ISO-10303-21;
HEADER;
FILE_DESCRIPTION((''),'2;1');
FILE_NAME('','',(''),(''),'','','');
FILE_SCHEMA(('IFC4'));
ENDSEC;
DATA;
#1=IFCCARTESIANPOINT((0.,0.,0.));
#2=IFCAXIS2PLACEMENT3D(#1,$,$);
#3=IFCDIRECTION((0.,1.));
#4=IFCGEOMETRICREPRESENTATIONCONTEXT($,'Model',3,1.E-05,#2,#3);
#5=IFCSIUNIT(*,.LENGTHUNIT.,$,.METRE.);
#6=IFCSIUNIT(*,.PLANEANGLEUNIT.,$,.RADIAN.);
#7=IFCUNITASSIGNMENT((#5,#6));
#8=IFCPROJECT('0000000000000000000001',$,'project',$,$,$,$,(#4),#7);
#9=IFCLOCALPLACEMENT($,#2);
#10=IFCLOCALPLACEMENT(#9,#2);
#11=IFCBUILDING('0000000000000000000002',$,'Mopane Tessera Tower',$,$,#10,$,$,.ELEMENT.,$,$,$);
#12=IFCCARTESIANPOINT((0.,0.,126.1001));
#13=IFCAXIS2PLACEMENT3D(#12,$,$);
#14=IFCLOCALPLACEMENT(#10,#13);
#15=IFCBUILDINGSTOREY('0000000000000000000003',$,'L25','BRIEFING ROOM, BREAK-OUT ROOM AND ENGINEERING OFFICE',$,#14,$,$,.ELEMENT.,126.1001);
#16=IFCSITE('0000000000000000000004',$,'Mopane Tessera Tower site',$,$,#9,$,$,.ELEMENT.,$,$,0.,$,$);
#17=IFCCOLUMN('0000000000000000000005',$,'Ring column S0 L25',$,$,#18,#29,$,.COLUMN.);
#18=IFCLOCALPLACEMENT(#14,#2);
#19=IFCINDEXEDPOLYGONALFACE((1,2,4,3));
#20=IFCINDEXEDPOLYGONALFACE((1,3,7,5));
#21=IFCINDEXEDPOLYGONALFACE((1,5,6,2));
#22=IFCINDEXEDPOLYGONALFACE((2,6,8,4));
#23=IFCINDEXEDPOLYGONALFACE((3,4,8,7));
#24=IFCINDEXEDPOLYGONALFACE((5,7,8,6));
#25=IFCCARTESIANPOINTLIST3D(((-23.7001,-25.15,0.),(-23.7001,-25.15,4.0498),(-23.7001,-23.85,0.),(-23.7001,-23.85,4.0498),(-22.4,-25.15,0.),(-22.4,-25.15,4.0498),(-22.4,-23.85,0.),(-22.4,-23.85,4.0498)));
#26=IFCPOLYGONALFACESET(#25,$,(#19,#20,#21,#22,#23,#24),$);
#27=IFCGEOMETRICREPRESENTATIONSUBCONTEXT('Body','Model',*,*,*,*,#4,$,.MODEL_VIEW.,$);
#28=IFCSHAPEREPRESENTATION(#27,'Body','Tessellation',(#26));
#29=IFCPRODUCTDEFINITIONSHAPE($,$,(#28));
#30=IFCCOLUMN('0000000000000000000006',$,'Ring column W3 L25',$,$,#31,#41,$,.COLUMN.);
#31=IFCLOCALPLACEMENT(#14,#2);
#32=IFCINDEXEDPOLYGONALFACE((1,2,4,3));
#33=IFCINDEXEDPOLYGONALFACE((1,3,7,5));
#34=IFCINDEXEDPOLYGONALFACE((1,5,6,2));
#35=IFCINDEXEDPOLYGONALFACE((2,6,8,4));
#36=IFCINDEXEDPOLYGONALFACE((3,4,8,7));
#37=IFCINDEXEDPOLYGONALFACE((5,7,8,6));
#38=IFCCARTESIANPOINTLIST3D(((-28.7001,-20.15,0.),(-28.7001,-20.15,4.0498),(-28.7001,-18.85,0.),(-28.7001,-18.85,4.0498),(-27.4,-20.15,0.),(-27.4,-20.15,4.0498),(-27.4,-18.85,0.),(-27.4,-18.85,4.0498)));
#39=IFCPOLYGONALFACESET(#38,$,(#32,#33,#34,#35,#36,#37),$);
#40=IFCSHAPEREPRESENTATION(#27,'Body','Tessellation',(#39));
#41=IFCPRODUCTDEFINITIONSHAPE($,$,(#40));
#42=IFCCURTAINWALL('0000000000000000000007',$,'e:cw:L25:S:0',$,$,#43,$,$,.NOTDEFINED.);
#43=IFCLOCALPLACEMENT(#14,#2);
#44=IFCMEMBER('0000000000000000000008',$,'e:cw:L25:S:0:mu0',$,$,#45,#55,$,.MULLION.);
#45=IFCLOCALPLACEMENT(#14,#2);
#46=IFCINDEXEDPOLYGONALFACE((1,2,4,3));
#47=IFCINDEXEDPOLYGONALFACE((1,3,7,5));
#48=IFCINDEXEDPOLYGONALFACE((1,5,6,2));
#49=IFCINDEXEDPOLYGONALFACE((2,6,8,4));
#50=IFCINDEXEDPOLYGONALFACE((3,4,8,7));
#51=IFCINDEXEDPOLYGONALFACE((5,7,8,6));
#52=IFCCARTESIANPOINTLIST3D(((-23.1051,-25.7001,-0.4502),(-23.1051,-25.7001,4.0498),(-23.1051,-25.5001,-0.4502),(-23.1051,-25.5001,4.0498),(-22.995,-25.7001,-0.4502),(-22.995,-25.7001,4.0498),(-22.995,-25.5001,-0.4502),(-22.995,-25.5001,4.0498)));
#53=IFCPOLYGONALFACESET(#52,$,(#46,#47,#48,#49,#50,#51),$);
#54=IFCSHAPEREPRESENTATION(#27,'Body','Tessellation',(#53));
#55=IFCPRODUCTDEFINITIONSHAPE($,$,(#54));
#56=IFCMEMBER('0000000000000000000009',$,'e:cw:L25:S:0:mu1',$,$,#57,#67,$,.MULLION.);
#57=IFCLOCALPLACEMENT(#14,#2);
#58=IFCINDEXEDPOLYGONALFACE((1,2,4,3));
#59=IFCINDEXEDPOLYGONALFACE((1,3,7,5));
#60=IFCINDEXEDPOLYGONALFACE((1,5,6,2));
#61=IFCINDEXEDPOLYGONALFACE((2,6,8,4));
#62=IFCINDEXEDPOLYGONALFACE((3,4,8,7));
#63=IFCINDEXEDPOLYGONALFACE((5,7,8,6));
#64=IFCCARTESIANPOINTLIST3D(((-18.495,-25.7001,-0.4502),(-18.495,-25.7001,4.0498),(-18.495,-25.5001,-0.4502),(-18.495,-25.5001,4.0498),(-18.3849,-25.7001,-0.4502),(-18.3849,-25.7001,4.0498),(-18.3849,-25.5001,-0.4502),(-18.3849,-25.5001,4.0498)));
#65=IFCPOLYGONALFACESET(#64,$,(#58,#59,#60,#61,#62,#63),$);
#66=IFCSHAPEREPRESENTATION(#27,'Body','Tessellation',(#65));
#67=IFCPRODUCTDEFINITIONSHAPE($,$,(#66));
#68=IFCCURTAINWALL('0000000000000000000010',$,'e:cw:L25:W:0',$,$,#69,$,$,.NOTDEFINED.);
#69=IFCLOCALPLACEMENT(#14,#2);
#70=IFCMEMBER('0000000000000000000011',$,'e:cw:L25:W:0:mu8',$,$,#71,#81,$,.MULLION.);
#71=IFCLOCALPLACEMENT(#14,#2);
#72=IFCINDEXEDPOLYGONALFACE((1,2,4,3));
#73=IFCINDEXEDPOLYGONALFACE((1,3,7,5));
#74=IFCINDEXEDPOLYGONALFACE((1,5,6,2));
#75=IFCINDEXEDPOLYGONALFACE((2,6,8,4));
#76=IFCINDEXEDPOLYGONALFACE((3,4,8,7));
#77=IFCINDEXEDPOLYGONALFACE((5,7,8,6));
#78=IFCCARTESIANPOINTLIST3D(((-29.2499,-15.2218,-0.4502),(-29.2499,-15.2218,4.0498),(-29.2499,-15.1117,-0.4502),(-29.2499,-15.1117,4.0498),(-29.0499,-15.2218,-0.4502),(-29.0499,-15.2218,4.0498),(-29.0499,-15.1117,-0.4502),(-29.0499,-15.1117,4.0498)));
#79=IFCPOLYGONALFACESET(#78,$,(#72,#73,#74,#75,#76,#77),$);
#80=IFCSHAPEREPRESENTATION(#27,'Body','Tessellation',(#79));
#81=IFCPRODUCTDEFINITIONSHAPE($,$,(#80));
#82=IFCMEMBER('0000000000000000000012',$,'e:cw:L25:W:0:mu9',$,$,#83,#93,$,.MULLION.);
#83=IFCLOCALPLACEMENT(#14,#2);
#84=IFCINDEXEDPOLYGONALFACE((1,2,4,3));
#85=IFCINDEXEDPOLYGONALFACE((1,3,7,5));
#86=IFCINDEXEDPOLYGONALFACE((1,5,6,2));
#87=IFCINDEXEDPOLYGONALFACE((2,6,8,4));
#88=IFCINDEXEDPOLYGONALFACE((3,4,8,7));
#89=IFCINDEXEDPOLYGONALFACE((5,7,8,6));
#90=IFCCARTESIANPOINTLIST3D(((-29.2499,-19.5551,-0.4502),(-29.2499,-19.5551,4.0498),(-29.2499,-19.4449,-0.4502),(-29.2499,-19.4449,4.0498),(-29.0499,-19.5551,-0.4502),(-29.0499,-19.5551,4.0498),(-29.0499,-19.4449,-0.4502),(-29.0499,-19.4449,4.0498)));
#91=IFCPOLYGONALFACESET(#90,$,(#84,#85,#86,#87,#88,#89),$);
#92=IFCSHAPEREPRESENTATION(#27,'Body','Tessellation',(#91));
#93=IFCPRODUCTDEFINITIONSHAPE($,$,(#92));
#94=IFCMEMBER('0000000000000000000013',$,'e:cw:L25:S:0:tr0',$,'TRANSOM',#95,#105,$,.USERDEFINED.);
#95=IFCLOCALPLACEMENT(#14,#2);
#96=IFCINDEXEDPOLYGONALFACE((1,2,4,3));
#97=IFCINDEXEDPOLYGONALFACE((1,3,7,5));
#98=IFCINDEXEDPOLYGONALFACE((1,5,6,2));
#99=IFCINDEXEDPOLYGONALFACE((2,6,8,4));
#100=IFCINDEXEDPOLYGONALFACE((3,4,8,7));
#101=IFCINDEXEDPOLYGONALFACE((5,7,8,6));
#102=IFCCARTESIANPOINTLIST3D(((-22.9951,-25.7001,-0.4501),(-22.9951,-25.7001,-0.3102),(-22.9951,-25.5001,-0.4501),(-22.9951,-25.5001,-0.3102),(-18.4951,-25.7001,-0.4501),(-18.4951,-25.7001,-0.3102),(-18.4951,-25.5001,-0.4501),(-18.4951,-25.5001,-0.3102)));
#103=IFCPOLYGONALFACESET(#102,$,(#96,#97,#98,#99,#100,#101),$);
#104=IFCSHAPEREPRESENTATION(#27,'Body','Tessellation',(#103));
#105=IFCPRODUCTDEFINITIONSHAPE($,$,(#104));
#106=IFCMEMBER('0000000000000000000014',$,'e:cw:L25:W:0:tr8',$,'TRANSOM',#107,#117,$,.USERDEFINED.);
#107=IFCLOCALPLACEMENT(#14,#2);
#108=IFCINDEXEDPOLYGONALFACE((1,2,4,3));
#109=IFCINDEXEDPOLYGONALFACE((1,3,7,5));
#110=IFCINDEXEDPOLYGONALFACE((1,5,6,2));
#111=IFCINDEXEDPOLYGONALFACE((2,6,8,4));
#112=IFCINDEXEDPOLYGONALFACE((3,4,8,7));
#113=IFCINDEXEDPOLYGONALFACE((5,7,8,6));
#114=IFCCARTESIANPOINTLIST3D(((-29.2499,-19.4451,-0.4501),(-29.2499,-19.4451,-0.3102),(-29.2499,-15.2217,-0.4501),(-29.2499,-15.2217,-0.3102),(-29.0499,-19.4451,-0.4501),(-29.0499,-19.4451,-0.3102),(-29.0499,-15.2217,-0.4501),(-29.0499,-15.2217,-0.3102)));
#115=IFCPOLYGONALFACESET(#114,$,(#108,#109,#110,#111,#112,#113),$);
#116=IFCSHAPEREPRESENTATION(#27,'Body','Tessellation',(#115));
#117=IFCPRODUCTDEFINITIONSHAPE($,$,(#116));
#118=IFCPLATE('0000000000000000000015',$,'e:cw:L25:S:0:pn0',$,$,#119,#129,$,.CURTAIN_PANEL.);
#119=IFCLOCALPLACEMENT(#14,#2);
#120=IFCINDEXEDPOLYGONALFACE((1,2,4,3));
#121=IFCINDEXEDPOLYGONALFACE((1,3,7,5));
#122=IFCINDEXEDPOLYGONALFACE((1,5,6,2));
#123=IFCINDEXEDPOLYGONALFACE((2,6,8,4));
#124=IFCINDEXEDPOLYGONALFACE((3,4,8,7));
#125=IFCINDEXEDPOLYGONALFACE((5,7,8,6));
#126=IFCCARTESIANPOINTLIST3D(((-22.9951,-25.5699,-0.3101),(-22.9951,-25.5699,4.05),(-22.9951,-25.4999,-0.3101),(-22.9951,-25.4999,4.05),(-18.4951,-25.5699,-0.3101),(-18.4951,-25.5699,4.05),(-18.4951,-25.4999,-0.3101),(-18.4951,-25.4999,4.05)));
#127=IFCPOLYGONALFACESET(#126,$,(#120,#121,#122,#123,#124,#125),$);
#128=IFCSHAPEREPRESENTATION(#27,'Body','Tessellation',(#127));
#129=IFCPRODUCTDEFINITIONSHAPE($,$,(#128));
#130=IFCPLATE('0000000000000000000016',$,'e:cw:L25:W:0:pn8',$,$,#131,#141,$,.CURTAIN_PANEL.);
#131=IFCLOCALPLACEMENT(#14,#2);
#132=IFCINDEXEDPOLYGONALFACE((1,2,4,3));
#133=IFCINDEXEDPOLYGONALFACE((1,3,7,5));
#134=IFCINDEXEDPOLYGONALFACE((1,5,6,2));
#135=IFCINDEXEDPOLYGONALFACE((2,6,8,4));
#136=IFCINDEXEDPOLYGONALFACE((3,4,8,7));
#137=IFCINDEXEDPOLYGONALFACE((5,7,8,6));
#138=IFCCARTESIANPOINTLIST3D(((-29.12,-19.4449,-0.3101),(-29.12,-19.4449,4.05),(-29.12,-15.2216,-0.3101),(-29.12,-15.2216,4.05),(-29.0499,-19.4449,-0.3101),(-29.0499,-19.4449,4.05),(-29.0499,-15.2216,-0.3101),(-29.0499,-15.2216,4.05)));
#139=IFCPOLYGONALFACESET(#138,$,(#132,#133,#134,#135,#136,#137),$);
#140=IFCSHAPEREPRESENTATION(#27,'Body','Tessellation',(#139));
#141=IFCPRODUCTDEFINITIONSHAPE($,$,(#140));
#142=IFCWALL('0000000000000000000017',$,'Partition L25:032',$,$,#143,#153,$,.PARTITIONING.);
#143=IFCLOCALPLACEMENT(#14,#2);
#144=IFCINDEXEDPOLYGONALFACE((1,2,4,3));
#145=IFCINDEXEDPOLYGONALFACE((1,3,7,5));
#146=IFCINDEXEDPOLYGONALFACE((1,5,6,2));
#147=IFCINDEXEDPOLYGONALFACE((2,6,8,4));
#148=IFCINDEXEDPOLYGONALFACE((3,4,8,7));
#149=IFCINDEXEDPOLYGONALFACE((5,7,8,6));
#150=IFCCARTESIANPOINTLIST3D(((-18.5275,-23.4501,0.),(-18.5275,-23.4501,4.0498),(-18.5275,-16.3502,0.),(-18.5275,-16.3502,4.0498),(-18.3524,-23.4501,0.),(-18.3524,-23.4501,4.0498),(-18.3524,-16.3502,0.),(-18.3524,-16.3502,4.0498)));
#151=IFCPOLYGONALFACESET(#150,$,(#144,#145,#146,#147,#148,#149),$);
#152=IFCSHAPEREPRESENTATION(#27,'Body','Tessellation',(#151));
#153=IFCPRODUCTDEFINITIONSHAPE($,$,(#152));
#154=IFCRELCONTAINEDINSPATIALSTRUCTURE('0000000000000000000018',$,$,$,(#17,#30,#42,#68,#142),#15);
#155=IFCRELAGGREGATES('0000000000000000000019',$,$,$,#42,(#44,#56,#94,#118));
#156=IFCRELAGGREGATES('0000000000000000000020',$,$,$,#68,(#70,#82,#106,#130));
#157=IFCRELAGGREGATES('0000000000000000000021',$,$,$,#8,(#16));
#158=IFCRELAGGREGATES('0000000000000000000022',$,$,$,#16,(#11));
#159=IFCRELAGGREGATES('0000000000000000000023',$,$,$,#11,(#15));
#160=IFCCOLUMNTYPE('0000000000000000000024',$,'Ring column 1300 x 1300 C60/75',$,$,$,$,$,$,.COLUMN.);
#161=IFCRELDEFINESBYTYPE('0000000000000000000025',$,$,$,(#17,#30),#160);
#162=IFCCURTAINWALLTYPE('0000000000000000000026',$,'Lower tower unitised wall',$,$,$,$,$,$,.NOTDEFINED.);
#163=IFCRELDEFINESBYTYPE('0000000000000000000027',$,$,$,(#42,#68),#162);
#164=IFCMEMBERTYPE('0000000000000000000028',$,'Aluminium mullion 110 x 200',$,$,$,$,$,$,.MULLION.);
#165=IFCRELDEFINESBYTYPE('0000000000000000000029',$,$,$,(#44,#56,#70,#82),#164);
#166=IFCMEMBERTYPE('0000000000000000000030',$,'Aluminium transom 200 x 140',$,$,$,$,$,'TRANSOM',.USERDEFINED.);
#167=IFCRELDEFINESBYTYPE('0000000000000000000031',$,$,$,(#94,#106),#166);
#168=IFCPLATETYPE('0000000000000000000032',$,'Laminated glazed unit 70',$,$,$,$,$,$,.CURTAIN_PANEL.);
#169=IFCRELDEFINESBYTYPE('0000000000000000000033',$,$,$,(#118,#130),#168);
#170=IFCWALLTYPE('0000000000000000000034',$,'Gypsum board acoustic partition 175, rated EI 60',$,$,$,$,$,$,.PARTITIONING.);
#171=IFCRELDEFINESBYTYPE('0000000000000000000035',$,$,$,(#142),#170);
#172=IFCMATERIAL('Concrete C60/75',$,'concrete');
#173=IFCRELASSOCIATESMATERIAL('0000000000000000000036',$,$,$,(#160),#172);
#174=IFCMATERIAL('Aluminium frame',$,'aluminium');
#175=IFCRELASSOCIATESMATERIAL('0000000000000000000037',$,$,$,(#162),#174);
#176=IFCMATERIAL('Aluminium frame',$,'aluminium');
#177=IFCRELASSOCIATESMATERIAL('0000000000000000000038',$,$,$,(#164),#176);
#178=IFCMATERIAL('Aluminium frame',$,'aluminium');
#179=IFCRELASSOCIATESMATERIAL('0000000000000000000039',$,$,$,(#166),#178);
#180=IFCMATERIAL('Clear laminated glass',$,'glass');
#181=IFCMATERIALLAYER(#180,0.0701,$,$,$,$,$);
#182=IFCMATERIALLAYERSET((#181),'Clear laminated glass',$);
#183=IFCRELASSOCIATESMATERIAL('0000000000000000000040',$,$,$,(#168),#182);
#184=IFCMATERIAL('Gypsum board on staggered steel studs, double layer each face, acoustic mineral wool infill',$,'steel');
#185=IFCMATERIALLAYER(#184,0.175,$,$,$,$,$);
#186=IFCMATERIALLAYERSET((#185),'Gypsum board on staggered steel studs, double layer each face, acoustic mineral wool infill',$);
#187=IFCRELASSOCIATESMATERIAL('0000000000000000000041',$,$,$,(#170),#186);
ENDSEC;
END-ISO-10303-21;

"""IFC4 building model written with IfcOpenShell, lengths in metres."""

from ifc_helpers import new_model, si_unit, direction, frame, frame_2d, origin, origin_2d, place, context, subcontext, project, spatial, rectangle, extrude, material, layer, layer_set, material_profile, profile_set, type_object, element, aggregate, save


model = new_model("IFC4")

# Units and contexts
model_context = context("Model", 3, precision=1e-05, world=origin(), true_north=direction((0.0, 1.0)))
body_context = subcontext(model_context, "Body", "Model", "MODEL_VIEW")
ifc_project = project(units=[si_unit("LENGTHUNIT", "METRE"), si_unit("PLANEANGLEUNIT", "RADIAN")], contexts=[model_context])

# Site, building, storey
site_placement = place(None, origin())
site = spatial("IfcSite", under=ifc_project, at=site_placement, Name="Mopane Tessera Tower site", CompositionType="ELEMENT", RefElevation=0.0)
building_placement = place(site_placement, origin())
building = spatial("IfcBuilding", under=site, at=building_placement, Name="Mopane Tessera Tower", CompositionType="ELEMENT")
storey_placement = place(building_placement, frame((0.0, 0.0, 126.1001)))
storey = spatial("IfcBuildingStorey", under=building, at=storey_placement, Name="L25", Description="BRIEFING ROOM, BREAK-OUT ROOM AND ENGINEERING OFFICE", CompositionType="ELEMENT", Elevation=126.1001)

# Columns
ifc_material_1 = material(Name="Concrete C60/75", Category="concrete")
ifc_material_profile_1 = material_profile(ifc_material_1, rectangle(XDim=1.3, YDim=1.3, at=origin_2d()))
ifc_profile_set_1 = profile_set([ifc_material_profile_1], Name="Concrete C60/75")
column_type = type_object("IfcColumnType", Name="Ring column 1300 x 1300 C60/75", PredefinedType="COLUMN", material=ifc_profile_set_1)
for number, where, z_axis, x_axis, name in (
    (1, (-23.05, -24.5, 0.0), (0.0, 0.0, 1.0), (1.0, 0.0, 0.0), "Ring column S0 L25"),
    (2, (-28.05, -19.5, 0.0), (0.0, 0.0, 1.0), (1.0, 0.0, 0.0), "Ring column W3 L25"),
):
    element("IfcColumn", number, at=place(storey_placement, frame(where, z_axis=z_axis, x_axis=x_axis)), inside=storey, type_object=column_type, Name=name, PredefinedType="COLUMN", context=body_context, shape_type="SweptSolid", body=[
        extrude(rectangle(XDim=1.3, YDim=1.3, at=origin_2d()), origin(), (0.0, 0.0, 1.0), 4.0498),
    ])

# Curtain walls, members
ifc_material_2 = material(Name="Aluminium frame", Category="aluminium")
curtain_wall_type = type_object("IfcCurtainWallType", Name="Lower tower unitised wall", PredefinedType="NOTDEFINED", material=ifc_material_2)
curtain_wall_1_placement = place(storey_placement, origin())
curtain_wall_1 = element("IfcCurtainWall", 3, at=curtain_wall_1_placement, inside=storey, type_object=curtain_wall_type, Name="e:cw:L25:S:0", PredefinedType="NOTDEFINED")
ifc_material_3 = material(Name="Aluminium frame", Category="aluminium")
ifc_material_profile_2 = material_profile(ifc_material_3, rectangle(XDim=0.1101, YDim=0.2, at=origin_2d()))
ifc_profile_set_2 = profile_set([ifc_material_profile_2], Name="Aluminium frame")
member_type_1 = type_object("IfcMemberType", Name="Aluminium mullion 110 x 200", PredefinedType="MULLION", material=ifc_profile_set_2)
member_1_placement = place(storey_placement, frame((-23.05, -25.6001, -0.4502), z_axis=(0.0, 0.0, 1.0), x_axis=(1.0, 0.0, 0.0)))
member_1 = element("IfcMember", 4, at=member_1_placement, type_object=member_type_1, Name="e:cw:L25:S:0:mu0", PredefinedType="MULLION", context=body_context, shape_type="SweptSolid", body=[
    extrude(rectangle(XDim=0.1101, YDim=0.2, at=origin_2d()), origin(), (0.0, 0.0, 1.0), 4.5),
])
member_2_placement = place(storey_placement, frame((-18.4399, -25.6001, -0.4502), z_axis=(0.0, 0.0, 1.0), x_axis=(1.0, 0.0, 0.0)))
member_2 = element("IfcMember", 5, at=member_2_placement, type_object=member_type_1, Name="e:cw:L25:S:0:mu1", PredefinedType="MULLION", context=body_context, shape_type="SweptSolid", body=[
    extrude(rectangle(XDim=0.1101, YDim=0.2, at=origin_2d()), origin(), (0.0, 0.0, 1.0), 4.5),
])
curtain_wall_2_placement = place(storey_placement, origin())
curtain_wall_2 = element("IfcCurtainWall", 6, at=curtain_wall_2_placement, inside=storey, type_object=curtain_wall_type, Name="e:cw:L25:W:0", PredefinedType="NOTDEFINED")
member_3_placement = place(storey_placement, frame((-29.1499, -15.1667, -0.4502), z_axis=(0.0, 0.0, 1.0), x_axis=(0.0, -1.0, 0.0)))
member_3 = element("IfcMember", 7, at=member_3_placement, type_object=member_type_1, Name="e:cw:L25:W:0:mu8", PredefinedType="MULLION", context=body_context, shape_type="SweptSolid", body=[
    extrude(rectangle(XDim=0.1101, YDim=0.2, at=origin_2d()), origin(), (0.0, 0.0, 1.0), 4.5),
])
member_4_placement = place(storey_placement, frame((-29.1499, -19.5, -0.4502), z_axis=(0.0, 0.0, 1.0), x_axis=(0.0, -1.0, 0.0)))
member_4 = element("IfcMember", 8, at=member_4_placement, type_object=member_type_1, Name="e:cw:L25:W:0:mu9", PredefinedType="MULLION", context=body_context, shape_type="SweptSolid", body=[
    extrude(rectangle(XDim=0.1101, YDim=0.2, at=origin_2d()), origin(), (0.0, 0.0, 1.0), 4.5),
])

# Members
ifc_material_4 = material(Name="Aluminium frame", Category="aluminium")
ifc_material_profile_3 = material_profile(ifc_material_4, rectangle(XDim=0.2, YDim=0.1399, at=origin_2d()))
ifc_profile_set_3 = profile_set([ifc_material_profile_3], Name="Aluminium frame")
member_type_2 = type_object("IfcMemberType", Name="Aluminium transom 200 x 140", ElementType="TRANSOM", PredefinedType="USERDEFINED", material=ifc_profile_set_3)
member_5_placement = place(storey_placement, frame((-22.9951, -25.6001, -0.3801), z_axis=(1.0, 0.0, 0.0), x_axis=(0.0, 1.0, 0.0)))
member_5 = element("IfcMember", 9, at=member_5_placement, type_object=member_type_2, Name="e:cw:L25:S:0:tr0", ObjectType="TRANSOM", PredefinedType="USERDEFINED", context=body_context, shape_type="SweptSolid", body=[
    extrude(rectangle(XDim=0.2, YDim=0.1399, at=origin_2d()), origin(), (0.0, 0.0, 1.0), 4.5),
])
member_6_placement = place(storey_placement, frame((-29.1499, -15.2217, -0.3801), z_axis=(0.0, -1.0, 0.0), x_axis=(1.0, 0.0, 0.0)))
member_6 = element("IfcMember", 10, at=member_6_placement, type_object=member_type_2, Name="e:cw:L25:W:0:tr8", ObjectType="TRANSOM", PredefinedType="USERDEFINED", context=body_context, shape_type="SweptSolid", body=[
    extrude(rectangle(XDim=0.2, YDim=0.1399, at=origin_2d()), origin(), (0.0, 0.0, 1.0), 4.2234),
])

# Plates
ifc_material_5 = material(Name="Clear laminated glass", Category="glass")
ifc_layer_1 = layer(ifc_material_5, 0.0701)
ifc_layer_set_1 = layer_set([ifc_layer_1], Name="Clear laminated glass")
plate_type = type_object("IfcPlateType", Name="Laminated glazed unit 70", PredefinedType="CURTAIN_PANEL", material=ifc_layer_set_1)
plate_1_placement = place(storey_placement, frame((-20.7451, -25.5349, -0.3101), z_axis=(0.0, 0.0, 1.0), x_axis=(1.0, 0.0, 0.0)))
plate_1 = element("IfcPlate", 11, at=plate_1_placement, type_object=plate_type, Name="e:cw:L25:S:0:pn0", PredefinedType="CURTAIN_PANEL", context=body_context, shape_type="SweptSolid", body=[
    extrude(rectangle(XDim=4.5, YDim=0.0701, at=origin_2d()), origin(), (0.0, 0.0, 1.0), 4.3601),
])
aggregate(curtain_wall_1, [member_1, member_2, member_5, plate_1])
plate_2_placement = place(storey_placement, frame((-29.085, -17.3333, -0.3101), z_axis=(0.0, 0.0, 1.0), x_axis=(0.0, -1.0, 0.0)))
plate_2 = element("IfcPlate", 12, at=plate_2_placement, type_object=plate_type, Name="e:cw:L25:W:0:pn8", PredefinedType="CURTAIN_PANEL", context=body_context, shape_type="SweptSolid", body=[
    extrude(rectangle(XDim=4.2234, YDim=0.0701, at=origin_2d()), origin(), (0.0, 0.0, 1.0), 4.3601),
])
aggregate(curtain_wall_2, [member_3, member_4, member_6, plate_2])

# Wall
ifc_material_6 = material(Name="Gypsum board on staggered steel studs, double layer each face, acoustic mineral wool infill", Category="steel")
ifc_layer_2 = layer(ifc_material_6, 0.175)
ifc_layer_set_2 = layer_set([ifc_layer_2], Name="Gypsum board on staggered steel studs, double layer each face, acoustic mineral wool infill")
wall_type_1 = type_object("IfcWallType", Name="Gypsum board acoustic partition 175, rated EI 60", PredefinedType="PARTITIONING", material=ifc_layer_set_2)
wall_1_placement = place(storey_placement, frame((-18.4399, -23.45, 0.0), z_axis=(0.0, 0.0, 1.0), x_axis=(0.0, 1.0, 0.0)))
element("IfcWall", 13, at=wall_1_placement, inside=storey, type_object=wall_type_1, Name="Partition L25:032", PredefinedType="PARTITIONING", context=body_context, shape_type="SweptSolid", body=[
    extrude(rectangle(XDim=7.0999, YDim=0.175, at=frame_2d((3.5498, 0.0))), origin(), (0.0, 0.0, 1.0), 4.0498),
])

save(model, "model.ifc")
